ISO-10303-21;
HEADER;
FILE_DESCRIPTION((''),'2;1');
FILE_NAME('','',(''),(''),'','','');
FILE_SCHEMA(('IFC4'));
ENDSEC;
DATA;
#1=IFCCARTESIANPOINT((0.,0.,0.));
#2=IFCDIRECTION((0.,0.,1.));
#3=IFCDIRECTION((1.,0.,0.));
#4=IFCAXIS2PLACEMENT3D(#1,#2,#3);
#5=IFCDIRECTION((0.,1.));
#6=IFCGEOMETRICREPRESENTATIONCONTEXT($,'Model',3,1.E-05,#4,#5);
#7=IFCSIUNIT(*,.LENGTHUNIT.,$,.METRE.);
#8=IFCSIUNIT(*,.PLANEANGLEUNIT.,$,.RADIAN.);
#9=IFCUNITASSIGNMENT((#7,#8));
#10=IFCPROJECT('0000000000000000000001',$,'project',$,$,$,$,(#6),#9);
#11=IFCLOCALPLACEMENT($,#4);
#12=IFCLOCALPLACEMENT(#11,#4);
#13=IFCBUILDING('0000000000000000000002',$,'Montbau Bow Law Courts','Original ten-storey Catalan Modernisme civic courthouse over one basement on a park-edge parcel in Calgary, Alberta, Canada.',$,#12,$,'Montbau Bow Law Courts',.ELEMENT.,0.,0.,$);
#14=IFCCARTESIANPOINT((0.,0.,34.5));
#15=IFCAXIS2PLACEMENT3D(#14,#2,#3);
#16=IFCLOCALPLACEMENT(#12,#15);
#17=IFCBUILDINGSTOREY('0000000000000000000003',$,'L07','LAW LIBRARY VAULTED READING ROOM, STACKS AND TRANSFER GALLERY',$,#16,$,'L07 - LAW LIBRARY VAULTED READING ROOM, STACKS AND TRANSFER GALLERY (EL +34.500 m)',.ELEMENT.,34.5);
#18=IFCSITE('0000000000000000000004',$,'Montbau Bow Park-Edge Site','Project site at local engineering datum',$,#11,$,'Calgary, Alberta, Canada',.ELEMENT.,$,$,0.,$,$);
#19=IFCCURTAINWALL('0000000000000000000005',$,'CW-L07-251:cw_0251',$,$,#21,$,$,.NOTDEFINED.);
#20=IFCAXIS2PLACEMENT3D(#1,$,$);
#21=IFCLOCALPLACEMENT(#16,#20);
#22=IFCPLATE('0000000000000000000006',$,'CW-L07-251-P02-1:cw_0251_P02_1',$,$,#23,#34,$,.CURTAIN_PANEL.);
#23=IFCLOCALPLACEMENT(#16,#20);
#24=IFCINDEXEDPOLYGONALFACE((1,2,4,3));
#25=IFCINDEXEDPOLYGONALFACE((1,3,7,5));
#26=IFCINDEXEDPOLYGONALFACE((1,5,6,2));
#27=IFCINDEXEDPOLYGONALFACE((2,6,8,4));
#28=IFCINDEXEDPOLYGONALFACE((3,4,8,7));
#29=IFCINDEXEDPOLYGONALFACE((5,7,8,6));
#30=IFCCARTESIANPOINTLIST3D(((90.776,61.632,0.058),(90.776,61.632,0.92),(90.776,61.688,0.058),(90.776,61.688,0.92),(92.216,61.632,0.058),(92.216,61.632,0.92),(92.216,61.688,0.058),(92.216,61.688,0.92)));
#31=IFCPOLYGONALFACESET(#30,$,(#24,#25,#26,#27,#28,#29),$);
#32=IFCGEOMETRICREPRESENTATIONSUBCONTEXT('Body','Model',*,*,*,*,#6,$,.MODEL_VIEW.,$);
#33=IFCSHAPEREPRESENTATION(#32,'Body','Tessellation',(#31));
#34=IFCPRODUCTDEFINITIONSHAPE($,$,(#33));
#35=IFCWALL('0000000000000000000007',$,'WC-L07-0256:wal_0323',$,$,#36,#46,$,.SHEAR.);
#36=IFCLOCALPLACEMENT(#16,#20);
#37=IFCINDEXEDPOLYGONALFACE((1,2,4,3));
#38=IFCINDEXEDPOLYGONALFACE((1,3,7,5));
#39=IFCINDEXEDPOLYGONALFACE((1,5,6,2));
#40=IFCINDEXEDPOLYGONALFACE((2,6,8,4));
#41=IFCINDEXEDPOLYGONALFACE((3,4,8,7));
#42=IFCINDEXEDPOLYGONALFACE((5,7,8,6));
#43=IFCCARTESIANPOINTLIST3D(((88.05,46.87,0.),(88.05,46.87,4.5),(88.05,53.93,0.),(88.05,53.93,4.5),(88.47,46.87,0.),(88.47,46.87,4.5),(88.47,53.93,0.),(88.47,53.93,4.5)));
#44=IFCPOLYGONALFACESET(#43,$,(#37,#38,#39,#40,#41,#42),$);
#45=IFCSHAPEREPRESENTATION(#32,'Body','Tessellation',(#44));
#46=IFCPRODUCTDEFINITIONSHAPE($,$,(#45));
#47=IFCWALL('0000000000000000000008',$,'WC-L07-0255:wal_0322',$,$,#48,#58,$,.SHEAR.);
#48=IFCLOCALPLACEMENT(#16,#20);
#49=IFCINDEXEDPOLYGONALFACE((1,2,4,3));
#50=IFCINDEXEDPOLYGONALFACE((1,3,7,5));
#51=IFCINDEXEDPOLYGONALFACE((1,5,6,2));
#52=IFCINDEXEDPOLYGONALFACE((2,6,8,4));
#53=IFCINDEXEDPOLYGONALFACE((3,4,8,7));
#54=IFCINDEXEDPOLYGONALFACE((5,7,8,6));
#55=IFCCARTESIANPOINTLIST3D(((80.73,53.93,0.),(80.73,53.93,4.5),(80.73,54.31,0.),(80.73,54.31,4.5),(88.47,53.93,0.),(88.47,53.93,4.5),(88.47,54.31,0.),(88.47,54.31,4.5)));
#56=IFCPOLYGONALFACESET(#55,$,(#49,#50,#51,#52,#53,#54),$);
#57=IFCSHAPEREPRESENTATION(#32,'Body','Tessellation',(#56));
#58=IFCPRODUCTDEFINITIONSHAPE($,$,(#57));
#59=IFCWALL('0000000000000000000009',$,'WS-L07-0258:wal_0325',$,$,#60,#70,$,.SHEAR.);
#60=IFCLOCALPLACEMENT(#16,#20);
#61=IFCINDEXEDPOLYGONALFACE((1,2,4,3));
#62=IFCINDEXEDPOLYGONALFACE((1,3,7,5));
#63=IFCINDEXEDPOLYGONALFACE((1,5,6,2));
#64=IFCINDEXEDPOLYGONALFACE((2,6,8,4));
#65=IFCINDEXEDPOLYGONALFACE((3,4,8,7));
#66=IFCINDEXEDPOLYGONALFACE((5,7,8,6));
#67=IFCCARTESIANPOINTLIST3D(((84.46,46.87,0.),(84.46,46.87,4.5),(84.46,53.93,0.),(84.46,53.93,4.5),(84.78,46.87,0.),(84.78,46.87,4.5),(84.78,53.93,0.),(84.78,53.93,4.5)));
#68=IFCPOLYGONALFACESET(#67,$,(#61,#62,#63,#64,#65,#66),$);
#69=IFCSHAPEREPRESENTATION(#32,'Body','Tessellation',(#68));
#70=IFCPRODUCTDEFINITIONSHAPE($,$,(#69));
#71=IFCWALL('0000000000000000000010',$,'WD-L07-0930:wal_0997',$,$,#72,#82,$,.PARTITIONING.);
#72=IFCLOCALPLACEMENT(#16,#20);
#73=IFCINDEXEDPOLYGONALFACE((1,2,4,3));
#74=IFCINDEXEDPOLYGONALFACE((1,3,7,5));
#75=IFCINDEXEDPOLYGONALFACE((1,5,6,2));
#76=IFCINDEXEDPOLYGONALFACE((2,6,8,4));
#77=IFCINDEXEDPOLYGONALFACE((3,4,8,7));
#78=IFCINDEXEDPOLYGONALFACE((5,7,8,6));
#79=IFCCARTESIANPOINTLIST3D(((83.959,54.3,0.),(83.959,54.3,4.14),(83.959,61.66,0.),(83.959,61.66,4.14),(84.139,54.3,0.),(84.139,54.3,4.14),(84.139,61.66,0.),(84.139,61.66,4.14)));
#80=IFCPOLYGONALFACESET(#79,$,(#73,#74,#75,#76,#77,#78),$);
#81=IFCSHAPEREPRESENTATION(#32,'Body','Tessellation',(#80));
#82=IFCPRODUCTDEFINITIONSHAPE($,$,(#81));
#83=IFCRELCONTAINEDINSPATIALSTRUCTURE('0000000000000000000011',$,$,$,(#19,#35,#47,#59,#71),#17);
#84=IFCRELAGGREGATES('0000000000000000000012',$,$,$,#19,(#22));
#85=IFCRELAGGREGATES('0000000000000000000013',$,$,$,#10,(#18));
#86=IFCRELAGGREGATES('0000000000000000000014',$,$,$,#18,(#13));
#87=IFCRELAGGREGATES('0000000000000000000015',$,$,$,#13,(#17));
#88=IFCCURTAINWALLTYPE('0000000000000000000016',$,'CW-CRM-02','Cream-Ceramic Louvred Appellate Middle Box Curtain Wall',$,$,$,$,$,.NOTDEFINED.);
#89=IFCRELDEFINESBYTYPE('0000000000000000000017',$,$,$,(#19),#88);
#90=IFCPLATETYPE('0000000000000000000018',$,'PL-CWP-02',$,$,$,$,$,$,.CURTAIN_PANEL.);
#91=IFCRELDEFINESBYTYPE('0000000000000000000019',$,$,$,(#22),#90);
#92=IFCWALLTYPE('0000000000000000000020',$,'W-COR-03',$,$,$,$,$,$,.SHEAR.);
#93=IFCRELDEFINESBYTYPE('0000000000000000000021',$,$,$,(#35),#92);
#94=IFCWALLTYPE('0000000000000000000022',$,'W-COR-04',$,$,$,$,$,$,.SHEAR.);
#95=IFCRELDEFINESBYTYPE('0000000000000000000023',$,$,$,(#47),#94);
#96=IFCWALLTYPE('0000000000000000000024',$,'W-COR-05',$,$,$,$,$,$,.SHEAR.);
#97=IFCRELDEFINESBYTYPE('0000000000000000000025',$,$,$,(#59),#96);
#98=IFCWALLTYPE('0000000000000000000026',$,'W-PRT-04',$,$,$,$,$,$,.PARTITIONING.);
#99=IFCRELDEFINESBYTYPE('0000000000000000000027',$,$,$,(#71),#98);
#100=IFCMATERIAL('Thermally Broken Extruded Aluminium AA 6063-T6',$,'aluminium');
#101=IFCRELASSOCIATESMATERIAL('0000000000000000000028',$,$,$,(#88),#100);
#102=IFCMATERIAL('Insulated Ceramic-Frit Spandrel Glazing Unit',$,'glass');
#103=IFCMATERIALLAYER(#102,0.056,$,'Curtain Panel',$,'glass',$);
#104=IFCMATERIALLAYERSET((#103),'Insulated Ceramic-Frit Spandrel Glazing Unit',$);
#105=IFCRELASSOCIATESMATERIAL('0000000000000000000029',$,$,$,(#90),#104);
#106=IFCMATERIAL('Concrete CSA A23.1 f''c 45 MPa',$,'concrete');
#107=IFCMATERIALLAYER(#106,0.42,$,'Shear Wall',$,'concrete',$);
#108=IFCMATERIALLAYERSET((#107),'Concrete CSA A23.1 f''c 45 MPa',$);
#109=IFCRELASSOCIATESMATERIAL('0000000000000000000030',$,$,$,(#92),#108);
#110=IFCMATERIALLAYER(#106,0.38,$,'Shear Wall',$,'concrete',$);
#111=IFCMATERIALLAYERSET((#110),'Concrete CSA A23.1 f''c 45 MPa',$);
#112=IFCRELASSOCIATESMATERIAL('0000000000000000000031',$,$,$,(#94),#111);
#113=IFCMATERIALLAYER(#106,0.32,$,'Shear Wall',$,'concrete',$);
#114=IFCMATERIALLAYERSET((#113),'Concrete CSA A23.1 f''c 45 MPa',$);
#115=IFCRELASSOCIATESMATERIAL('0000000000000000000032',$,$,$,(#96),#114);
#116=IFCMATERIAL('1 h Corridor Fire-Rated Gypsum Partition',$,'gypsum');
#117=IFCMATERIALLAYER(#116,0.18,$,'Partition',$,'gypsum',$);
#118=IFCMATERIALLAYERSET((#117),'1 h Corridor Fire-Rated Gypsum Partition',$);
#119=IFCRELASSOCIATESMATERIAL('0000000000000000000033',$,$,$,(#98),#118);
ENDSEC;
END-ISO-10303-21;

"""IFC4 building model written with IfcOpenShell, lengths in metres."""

from ifc_helpers import new_model, si_unit, direction, frame, frame_2d, origin_with_axes, place, context, subcontext, project, spatial, rectangle, extrude, material, layer, layer_set, type_object, element, aggregate, save


model = new_model("IFC4")

# Units and contexts
model_context = context("Model", 3, precision=1e-05, world=origin_with_axes(), true_north=direction((0.0, 1.0)))
body_context = subcontext(model_context, "Body", "Model", "MODEL_VIEW")
ifc_project = project(units=[si_unit("LENGTHUNIT", "METRE"), si_unit("PLANEANGLEUNIT", "RADIAN")], contexts=[model_context])

# Site, building, storey
site_placement = place(None, origin_with_axes())
site = spatial("IfcSite", under=ifc_project, at=site_placement, Name="Montbau Bow Park-Edge Site", Description="Project site at local engineering datum", LongName="Calgary, Alberta, Canada", CompositionType="ELEMENT", RefElevation=0.0)
building_placement = place(site_placement, origin_with_axes())
building = spatial("IfcBuilding", under=site, at=building_placement, Name="Montbau Bow Law Courts", Description="Original ten-storey Catalan Modernisme civic courthouse over one basement on a park-edge parcel in Calgary, Alberta, Canada.", LongName="Montbau Bow Law Courts", CompositionType="ELEMENT", ElevationOfRefHeight=0.0, ElevationOfTerrain=0.0)
storey_placement = place(building_placement, frame((0.0, 0.0, 34.5), z_axis=(0.0, 0.0, 1.0), x_axis=(1.0, 0.0, 0.0)))
storey = spatial("IfcBuildingStorey", under=building, at=storey_placement, Name="L07", Description="LAW LIBRARY VAULTED READING ROOM, STACKS AND TRANSFER GALLERY", LongName="L07 - LAW LIBRARY VAULTED READING ROOM, STACKS AND TRANSFER GALLERY (EL +34.500 m)", CompositionType="ELEMENT", Elevation=34.5)

# Curtain wall
ifc_material_1 = material(Name="Thermally Broken Extruded Aluminium AA 6063-T6", Category="aluminium")
curtain_wall_type = type_object("IfcCurtainWallType", Name="CW-CRM-02", Description="Cream-Ceramic Louvred Appellate Middle Box Curtain Wall", PredefinedType="NOTDEFINED", material=ifc_material_1)
curtain_wall_1_placement = place(None, frame((89.24, 61.66, 34.5), z_axis=(0.0, 0.0, 1.0), x_axis=(1.0, 0.0, 0.0)))
curtain_wall_1 = element("IfcCurtainWall", 1, at=curtain_wall_1_placement, inside=storey, type_object=curtain_wall_type, Name="CW-L07-251:cw_0251", PredefinedType="NOTDEFINED")

# Plate
ifc_material_2 = material(Name="Insulated Ceramic-Frit Spandrel Glazing Unit", Category="glass")
ifc_layer_1 = layer(ifc_material_2, 0.056, Name="Curtain Panel", Category="glass")
ifc_layer_set_1 = layer_set([ifc_layer_1], Name="Insulated Ceramic-Frit Spandrel Glazing Unit")
plate_type_1 = type_object("IfcPlateType", Name="PL-CWP-02", PredefinedType="CURTAIN_PANEL", material=ifc_layer_set_1)
plate_1_placement = place(None, frame((90.776, 61.66, 34.558), z_axis=(0.0, -1.0, 0.0), x_axis=(1.0, 0.0, 0.0)))
plate_1 = element("IfcPlate", 2, at=plate_1_placement, type_object=plate_type_1, Name="CW-L07-251-P02-1:cw_0251_P02_1", PredefinedType="CURTAIN_PANEL", context=body_context, shape_type="SweptSolid", body=[
    extrude(rectangle(XDim=1.44, YDim=0.862, at=frame_2d((0.72, 0.431), x_axis=(1.0, 0.0))), frame((0.0, 0.0, -0.028), z_axis=(0.0, 0.0, 1.0), x_axis=(1.0, 0.0, 0.0)), (0.0, 0.0, 1.0), 0.056),
])
aggregate(curtain_wall_1, [plate_1])

# Walls
ifc_material_3 = material(Name="Concrete CSA A23.1 f'c 45 MPa", Category="concrete")
ifc_layer_2 = layer(ifc_material_3, 0.42, Name="Shear Wall", Category="concrete")
ifc_layer_set_2 = layer_set([ifc_layer_2], Name="Concrete CSA A23.1 f'c 45 MPa")
wall_type_1 = type_object("IfcWallType", Name="W-COR-03", PredefinedType="SHEAR", material=ifc_layer_set_2)
wall_1_placement = place(None, frame((88.26, 46.87, 34.5), z_axis=(0.0, 0.0, 1.0), x_axis=(0.0, 1.0, 0.0)))
element("IfcWall", 3, at=wall_1_placement, inside=storey, type_object=wall_type_1, Name="WC-L07-0256:wal_0323", PredefinedType="SHEAR", context=body_context, shape_type="SweptSolid", body=[
    extrude(rectangle(XDim=7.06, YDim=0.42, at=frame_2d((3.53, 0.0), x_axis=(1.0, 0.0))), origin_with_axes(), (0.0, 0.0, 1.0), 4.5),
])
ifc_layer_3 = layer(ifc_material_3, 0.38, Name="Shear Wall", Category="concrete")
ifc_layer_set_3 = layer_set([ifc_layer_3], Name="Concrete CSA A23.1 f'c 45 MPa")
wall_type_2 = type_object("IfcWallType", Name="W-COR-04", PredefinedType="SHEAR", material=ifc_layer_set_3)
wall_2_placement = place(None, frame((88.47, 54.12, 34.5), z_axis=(0.0, 0.0, 1.0), x_axis=(-1.0, 0.0, 0.0)))
element("IfcWall", 4, at=wall_2_placement, inside=storey, type_object=wall_type_2, Name="WC-L07-0255:wal_0322", PredefinedType="SHEAR", context=body_context, shape_type="SweptSolid", body=[
    extrude(rectangle(XDim=7.74, YDim=0.38, at=frame_2d((3.87, 0.0), x_axis=(1.0, 0.0))), origin_with_axes(), (0.0, 0.0, 1.0), 4.5),
])
ifc_layer_4 = layer(ifc_material_3, 0.32, Name="Shear Wall", Category="concrete")
ifc_layer_set_4 = layer_set([ifc_layer_4], Name="Concrete CSA A23.1 f'c 45 MPa")
wall_type_3 = type_object("IfcWallType", Name="W-COR-05", PredefinedType="SHEAR", material=ifc_layer_set_4)
wall_3_placement = place(None, frame((84.62, 46.87, 34.5), z_axis=(0.0, 0.0, 1.0), x_axis=(0.0, 1.0, 0.0)))
element("IfcWall", 5, at=wall_3_placement, inside=storey, type_object=wall_type_3, Name="WS-L07-0258:wal_0325", PredefinedType="SHEAR", context=body_context, shape_type="SweptSolid", body=[
    extrude(rectangle(XDim=7.06, YDim=0.32, at=frame_2d((3.53, 0.0), x_axis=(1.0, 0.0))), origin_with_axes(), (0.0, 0.0, 1.0), 4.5),
])
ifc_material_4 = material(Name="1 h Corridor Fire-Rated Gypsum Partition", Category="gypsum")
ifc_layer_5 = layer(ifc_material_4, 0.18, Name="Partition", Category="gypsum")
ifc_layer_set_5 = layer_set([ifc_layer_5], Name="1 h Corridor Fire-Rated Gypsum Partition")
wall_type_4 = type_object("IfcWallType", Name="W-PRT-04", PredefinedType="PARTITIONING", material=ifc_layer_set_5)
wall_4_placement = place(None, frame((84.049, 54.3, 34.5), z_axis=(0.0, 0.0, 1.0), x_axis=(0.0, 1.0, 0.0)))
element("IfcWall", 6, at=wall_4_placement, inside=storey, type_object=wall_type_4, Name="WD-L07-0930:wal_0997", PredefinedType="PARTITIONING", context=body_context, shape_type="SweptSolid", body=[
    extrude(rectangle(XDim=7.36, YDim=0.18, at=frame_2d((3.68, 0.0), x_axis=(1.0, 0.0))), origin_with_axes(), (0.0, 0.0, 1.0), 4.14),
])

save(model, "model.ifc")
